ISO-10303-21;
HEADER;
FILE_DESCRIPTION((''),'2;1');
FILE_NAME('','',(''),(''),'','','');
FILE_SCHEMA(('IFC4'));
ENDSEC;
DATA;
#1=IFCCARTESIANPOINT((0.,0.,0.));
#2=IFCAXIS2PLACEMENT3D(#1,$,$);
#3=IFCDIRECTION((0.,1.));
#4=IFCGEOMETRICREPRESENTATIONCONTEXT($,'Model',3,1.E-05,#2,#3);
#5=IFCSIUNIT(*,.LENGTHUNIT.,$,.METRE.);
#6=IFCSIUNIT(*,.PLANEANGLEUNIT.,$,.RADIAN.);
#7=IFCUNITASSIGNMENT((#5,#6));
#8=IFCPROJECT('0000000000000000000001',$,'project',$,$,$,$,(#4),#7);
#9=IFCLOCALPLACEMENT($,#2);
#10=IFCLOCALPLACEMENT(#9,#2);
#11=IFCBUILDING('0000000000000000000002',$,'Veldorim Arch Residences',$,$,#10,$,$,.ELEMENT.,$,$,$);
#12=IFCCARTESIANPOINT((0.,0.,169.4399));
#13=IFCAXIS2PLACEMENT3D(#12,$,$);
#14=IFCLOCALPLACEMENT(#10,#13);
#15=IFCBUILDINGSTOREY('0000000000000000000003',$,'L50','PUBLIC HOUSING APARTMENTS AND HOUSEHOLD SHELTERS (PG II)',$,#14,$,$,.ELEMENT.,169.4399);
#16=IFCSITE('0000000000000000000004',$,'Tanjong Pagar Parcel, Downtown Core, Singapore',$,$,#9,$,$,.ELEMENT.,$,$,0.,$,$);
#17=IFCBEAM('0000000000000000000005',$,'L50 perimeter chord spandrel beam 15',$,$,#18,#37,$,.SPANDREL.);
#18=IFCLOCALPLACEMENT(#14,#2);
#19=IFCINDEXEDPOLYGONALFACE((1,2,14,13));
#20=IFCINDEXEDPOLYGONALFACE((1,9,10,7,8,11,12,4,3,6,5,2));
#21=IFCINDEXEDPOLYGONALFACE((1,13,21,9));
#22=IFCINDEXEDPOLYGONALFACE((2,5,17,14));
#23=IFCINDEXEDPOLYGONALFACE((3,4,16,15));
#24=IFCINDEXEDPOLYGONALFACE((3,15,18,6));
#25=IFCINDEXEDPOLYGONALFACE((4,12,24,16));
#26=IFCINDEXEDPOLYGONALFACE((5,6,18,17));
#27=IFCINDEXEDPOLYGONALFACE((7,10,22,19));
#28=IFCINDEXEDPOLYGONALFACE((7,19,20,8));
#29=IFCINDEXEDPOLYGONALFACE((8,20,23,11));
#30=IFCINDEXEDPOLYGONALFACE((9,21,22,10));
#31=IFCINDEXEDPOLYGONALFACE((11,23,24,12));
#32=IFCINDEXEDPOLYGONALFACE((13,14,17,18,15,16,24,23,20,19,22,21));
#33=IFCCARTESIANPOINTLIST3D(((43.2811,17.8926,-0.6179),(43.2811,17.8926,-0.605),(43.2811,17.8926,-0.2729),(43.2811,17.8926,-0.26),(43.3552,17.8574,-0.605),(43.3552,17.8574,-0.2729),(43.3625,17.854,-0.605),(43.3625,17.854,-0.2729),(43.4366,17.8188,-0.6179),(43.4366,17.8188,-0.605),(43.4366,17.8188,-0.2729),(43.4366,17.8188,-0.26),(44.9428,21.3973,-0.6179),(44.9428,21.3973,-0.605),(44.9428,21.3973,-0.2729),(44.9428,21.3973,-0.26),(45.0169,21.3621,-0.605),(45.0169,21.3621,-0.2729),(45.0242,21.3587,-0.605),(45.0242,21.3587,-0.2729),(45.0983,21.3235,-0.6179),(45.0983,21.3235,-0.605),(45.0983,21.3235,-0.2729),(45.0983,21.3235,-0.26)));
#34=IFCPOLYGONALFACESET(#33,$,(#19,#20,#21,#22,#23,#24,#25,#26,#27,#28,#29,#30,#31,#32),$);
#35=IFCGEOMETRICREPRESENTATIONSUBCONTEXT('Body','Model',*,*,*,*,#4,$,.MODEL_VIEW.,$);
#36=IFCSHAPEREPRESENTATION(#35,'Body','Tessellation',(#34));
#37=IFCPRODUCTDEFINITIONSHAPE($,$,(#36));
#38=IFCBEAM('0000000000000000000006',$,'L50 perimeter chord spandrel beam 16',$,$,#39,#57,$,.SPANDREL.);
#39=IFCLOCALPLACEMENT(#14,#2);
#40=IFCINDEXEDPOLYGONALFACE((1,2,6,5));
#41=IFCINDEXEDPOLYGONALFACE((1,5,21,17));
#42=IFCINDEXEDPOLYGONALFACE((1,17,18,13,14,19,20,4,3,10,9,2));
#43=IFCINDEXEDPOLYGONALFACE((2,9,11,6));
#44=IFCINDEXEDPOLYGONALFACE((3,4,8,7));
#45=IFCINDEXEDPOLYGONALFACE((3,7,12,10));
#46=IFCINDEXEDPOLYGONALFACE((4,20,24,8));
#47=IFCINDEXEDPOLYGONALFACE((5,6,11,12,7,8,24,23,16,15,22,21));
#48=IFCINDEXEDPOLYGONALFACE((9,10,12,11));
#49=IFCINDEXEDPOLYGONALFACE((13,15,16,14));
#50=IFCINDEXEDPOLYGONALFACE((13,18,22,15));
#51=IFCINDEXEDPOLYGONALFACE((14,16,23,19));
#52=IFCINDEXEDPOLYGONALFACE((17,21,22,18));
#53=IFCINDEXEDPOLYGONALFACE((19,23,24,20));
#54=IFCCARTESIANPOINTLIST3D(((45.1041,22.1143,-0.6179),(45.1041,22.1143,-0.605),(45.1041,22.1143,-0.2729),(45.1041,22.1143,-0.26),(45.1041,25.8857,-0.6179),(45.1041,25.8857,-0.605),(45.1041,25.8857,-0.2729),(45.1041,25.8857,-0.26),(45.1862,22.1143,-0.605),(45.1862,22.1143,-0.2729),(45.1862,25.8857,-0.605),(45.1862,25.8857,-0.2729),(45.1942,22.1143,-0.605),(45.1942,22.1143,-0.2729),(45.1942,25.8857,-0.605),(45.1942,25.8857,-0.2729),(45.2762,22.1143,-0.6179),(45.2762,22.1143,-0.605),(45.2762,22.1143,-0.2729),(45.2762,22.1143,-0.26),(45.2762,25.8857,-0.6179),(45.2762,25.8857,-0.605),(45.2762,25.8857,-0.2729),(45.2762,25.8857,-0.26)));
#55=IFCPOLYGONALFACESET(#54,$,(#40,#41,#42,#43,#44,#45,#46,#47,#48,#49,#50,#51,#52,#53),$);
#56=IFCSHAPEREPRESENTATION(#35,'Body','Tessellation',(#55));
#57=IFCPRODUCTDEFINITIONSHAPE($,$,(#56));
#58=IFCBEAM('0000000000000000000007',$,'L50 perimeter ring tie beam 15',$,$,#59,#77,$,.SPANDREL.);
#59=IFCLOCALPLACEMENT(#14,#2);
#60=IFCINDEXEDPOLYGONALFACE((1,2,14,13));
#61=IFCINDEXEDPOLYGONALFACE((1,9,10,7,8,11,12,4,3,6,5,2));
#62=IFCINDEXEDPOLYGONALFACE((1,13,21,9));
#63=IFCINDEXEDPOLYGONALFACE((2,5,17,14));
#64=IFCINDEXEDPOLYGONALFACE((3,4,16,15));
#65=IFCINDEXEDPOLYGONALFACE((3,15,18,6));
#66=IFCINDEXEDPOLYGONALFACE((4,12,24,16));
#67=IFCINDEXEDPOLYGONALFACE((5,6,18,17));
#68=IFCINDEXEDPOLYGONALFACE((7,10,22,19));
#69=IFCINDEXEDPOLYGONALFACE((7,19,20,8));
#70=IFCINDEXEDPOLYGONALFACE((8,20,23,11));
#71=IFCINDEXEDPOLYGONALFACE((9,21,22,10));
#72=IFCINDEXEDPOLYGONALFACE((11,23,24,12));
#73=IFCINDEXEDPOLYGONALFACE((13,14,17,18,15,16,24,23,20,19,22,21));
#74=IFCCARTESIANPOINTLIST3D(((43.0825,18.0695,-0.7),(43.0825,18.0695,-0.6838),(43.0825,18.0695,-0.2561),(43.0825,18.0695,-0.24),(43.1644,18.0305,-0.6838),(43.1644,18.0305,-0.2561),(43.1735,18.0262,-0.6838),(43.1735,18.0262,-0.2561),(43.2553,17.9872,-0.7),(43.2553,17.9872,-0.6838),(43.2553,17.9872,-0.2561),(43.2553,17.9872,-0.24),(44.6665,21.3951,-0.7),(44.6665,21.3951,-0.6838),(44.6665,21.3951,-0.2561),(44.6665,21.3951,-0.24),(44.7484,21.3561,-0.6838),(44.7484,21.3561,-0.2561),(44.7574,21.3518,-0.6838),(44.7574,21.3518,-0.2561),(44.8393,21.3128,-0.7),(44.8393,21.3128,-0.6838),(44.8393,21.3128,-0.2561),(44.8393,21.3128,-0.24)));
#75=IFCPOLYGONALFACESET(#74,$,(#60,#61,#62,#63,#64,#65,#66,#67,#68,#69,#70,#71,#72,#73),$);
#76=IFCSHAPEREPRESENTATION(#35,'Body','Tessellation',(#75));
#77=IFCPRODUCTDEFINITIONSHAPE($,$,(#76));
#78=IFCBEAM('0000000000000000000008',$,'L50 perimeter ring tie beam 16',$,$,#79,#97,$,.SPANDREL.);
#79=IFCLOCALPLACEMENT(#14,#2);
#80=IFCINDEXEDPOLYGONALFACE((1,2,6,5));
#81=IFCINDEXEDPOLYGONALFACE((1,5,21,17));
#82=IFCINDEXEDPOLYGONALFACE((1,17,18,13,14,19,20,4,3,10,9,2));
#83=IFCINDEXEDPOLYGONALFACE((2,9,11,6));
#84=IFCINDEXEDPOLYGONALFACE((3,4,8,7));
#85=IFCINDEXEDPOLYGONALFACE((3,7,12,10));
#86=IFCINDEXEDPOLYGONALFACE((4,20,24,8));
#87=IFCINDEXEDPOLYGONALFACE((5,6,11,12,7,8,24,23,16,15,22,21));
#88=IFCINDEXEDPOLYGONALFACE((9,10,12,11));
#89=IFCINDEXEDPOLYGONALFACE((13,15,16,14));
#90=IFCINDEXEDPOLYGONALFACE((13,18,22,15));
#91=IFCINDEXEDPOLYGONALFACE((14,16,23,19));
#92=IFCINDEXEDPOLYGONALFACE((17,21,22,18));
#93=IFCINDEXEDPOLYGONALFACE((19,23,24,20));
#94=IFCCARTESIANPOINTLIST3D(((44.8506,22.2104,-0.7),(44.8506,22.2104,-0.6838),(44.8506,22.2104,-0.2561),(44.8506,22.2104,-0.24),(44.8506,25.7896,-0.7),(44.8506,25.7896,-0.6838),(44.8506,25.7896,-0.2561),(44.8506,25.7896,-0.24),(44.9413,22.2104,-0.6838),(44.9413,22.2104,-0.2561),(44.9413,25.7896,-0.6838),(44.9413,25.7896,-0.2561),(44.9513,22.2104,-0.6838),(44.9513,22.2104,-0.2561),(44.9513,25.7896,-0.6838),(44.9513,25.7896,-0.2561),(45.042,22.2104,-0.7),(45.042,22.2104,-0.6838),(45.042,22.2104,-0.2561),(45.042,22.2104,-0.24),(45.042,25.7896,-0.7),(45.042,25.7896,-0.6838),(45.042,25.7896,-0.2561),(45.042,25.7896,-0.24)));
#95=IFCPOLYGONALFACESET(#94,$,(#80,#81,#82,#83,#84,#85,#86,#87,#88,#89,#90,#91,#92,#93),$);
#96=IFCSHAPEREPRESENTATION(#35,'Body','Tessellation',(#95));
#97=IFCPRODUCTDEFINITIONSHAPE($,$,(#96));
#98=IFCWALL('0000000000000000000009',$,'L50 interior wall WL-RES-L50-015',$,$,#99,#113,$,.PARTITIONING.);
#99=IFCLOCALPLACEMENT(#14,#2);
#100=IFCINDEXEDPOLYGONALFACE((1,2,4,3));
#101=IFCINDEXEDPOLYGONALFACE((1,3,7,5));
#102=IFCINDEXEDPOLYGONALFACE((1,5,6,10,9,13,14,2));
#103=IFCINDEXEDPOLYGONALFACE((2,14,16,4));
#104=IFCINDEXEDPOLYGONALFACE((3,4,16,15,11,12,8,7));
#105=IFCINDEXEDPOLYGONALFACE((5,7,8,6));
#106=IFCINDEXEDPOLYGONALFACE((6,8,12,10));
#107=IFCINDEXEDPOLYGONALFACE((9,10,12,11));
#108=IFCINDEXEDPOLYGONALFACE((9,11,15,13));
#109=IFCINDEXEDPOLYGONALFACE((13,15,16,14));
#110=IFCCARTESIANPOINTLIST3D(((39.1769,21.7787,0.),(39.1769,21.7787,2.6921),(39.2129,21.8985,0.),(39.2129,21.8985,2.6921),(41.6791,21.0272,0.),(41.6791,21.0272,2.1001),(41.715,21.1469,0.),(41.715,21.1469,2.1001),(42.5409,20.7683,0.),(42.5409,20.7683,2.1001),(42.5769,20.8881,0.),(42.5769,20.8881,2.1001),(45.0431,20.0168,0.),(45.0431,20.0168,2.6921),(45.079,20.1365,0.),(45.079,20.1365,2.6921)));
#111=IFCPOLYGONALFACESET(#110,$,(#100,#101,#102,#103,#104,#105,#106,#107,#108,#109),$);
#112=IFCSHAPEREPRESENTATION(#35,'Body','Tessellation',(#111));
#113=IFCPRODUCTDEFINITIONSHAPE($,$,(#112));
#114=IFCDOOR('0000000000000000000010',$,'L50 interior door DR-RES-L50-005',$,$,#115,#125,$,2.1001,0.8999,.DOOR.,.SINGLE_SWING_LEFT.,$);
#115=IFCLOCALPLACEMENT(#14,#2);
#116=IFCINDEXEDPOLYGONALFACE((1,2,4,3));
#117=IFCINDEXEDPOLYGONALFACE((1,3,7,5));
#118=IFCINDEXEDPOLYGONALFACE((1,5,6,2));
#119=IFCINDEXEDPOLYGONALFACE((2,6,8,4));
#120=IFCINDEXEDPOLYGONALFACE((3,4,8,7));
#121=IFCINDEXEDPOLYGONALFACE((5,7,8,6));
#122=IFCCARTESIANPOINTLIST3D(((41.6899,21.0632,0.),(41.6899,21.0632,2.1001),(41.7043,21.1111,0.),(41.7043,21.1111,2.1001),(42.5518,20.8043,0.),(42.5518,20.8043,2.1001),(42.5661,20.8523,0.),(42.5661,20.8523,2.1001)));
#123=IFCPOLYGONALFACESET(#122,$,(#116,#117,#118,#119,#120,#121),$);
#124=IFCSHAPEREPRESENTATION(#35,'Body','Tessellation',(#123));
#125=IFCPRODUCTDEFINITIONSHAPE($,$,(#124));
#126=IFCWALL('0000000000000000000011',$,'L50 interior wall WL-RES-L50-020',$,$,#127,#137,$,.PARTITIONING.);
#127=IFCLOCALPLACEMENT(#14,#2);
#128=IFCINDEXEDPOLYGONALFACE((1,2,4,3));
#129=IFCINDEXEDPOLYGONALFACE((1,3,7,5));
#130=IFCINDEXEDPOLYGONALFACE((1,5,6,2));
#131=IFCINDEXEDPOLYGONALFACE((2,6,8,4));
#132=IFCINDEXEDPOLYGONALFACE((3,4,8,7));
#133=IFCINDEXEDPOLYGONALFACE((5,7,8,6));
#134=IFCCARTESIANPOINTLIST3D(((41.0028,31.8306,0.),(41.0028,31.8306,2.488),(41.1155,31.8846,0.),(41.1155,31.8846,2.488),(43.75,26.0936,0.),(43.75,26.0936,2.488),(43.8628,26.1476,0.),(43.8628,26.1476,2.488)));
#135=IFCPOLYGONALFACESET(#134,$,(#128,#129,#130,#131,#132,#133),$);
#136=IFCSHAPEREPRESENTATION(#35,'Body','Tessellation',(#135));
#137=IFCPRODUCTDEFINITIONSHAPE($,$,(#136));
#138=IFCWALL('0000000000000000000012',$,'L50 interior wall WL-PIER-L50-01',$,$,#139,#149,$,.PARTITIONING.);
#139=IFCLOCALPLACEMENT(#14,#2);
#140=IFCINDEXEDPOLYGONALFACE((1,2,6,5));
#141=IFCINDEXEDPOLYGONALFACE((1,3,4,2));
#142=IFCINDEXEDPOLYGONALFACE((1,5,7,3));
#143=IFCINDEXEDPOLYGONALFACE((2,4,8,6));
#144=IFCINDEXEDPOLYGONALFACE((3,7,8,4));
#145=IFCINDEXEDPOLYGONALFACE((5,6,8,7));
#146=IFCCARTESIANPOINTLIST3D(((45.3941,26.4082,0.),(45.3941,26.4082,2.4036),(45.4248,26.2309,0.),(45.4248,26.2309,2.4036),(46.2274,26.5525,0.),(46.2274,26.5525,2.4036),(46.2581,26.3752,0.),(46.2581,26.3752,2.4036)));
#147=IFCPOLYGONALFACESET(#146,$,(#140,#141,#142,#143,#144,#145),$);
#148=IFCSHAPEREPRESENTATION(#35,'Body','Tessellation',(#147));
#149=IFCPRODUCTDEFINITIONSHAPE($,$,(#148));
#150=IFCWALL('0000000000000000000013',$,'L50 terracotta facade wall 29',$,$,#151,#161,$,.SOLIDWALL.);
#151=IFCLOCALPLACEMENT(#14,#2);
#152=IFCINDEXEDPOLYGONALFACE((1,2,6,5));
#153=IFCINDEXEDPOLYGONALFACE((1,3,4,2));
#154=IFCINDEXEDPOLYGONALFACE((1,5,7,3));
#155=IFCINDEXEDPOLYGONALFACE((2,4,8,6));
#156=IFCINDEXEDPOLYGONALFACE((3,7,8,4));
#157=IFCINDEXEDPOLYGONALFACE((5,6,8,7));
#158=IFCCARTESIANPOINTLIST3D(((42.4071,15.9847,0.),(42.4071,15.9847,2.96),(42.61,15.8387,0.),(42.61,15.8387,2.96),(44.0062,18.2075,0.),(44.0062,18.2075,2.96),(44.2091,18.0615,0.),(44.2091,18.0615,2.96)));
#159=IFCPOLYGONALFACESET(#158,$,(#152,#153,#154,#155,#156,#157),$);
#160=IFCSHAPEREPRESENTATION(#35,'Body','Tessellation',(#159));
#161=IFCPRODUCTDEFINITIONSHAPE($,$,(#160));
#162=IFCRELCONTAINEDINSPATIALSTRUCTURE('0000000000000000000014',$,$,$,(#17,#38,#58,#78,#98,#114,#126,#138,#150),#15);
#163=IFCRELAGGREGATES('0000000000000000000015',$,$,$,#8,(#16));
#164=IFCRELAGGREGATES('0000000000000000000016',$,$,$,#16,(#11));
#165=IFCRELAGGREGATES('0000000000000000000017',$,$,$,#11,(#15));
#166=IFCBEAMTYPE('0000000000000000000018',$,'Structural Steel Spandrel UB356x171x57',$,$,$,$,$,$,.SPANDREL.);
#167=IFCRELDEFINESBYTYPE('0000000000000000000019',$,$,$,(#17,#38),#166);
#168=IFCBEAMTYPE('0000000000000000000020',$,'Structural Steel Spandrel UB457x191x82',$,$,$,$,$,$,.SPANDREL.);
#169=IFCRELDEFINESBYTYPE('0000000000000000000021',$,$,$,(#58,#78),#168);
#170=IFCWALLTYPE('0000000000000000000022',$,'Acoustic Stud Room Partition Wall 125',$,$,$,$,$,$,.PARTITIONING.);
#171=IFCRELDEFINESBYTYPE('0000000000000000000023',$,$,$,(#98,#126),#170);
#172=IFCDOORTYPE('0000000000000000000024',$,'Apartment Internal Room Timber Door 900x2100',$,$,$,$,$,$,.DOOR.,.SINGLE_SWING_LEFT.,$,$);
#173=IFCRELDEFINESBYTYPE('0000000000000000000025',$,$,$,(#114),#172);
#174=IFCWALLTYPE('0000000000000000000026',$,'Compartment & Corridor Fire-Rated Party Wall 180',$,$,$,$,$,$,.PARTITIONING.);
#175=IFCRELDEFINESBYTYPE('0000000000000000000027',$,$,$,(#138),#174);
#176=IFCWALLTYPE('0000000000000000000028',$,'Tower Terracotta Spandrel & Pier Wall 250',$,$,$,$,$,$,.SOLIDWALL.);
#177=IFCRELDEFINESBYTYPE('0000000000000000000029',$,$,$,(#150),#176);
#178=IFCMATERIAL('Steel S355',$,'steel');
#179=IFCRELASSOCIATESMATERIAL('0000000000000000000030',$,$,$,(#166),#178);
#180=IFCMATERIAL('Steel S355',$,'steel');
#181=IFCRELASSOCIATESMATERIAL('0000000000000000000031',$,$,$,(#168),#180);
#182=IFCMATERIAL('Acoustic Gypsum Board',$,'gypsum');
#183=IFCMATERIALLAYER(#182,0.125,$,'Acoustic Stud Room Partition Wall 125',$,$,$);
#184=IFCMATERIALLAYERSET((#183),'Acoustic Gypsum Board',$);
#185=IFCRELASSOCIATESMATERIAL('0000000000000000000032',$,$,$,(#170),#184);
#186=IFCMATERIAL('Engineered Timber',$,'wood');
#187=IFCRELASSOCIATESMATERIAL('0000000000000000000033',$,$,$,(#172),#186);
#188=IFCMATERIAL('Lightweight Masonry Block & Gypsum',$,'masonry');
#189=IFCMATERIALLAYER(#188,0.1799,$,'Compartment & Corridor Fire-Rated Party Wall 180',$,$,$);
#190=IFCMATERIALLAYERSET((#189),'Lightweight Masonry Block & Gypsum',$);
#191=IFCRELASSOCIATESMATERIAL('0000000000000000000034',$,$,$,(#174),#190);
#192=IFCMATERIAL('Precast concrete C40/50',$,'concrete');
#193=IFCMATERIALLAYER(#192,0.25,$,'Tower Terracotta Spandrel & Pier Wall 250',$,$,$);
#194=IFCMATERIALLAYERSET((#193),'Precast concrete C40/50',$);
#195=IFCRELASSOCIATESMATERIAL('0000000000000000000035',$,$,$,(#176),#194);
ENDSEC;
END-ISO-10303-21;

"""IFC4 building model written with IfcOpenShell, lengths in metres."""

from ifc_helpers import new_model, si_unit, direction, frame, frame_2d, origin, origin_2d, place, context, subcontext, project, spatial, rectangle, i_section, extrude, material, layer, layer_set, material_profile, profile_set, type_object, element, fill, save


model = new_model("IFC4")

# Units and contexts
model_context = context("Model", 3, precision=1e-05, world=origin(), true_north=direction((0.0, 1.0)))
body_context = subcontext(model_context, "Body", "Model", "MODEL_VIEW")
ifc_project = project(units=[si_unit("LENGTHUNIT", "METRE"), si_unit("PLANEANGLEUNIT", "RADIAN")], contexts=[model_context])

# Site, building, storey
site_placement = place(None, origin())
site = spatial("IfcSite", under=ifc_project, at=site_placement, Name="Tanjong Pagar Parcel, Downtown Core, Singapore", CompositionType="ELEMENT", RefElevation=0.0)
building_placement = place(site_placement, origin())
building = spatial("IfcBuilding", under=site, at=building_placement, Name="Veldorim Arch Residences", CompositionType="ELEMENT")
storey_placement = place(building_placement, frame((0.0, 0.0, 169.4399)))
storey = spatial("IfcBuildingStorey", under=building, at=storey_placement, Name="L50", Description="PUBLIC HOUSING APARTMENTS AND HOUSEHOLD SHELTERS (PG II)", CompositionType="ELEMENT", Elevation=169.4399)

# Beams
ifc_material_1 = material(Name="Steel S355", Category="steel")
ifc_material_profile_1 = material_profile(ifc_material_1, i_section(OverallWidth=0.1721, OverallDepth=0.3579, WebThickness=0.0081, FlangeThickness=0.0129, at=origin_2d()), Name="UB356x171x57")
ifc_profile_set_1 = profile_set([ifc_material_profile_1], Name="Steel S355")
beam_type_1 = type_object("IfcBeamType", Name="Structural Steel Spandrel UB356x171x57", PredefinedType="SPANDREL", material=ifc_profile_set_1)
beam_1_placement = place(storey_placement, frame((43.3589, 17.8557, -0.439), z_axis=(0.428408, 0.903585, 0.0), x_axis=(-0.903585, 0.428408, 0.0)))
element("IfcBeam", 1, at=beam_1_placement, inside=storey, type_object=beam_type_1, Name="L50 perimeter chord spandrel beam 15", PredefinedType="SPANDREL", context=body_context, shape_type="SweptSolid", body=[
    extrude(i_section(OverallWidth=0.1721, OverallDepth=0.3579, WebThickness=0.0081, FlangeThickness=0.0129, at=origin_2d()), origin(), (0.0, 0.0, 1.0), 3.8787),
])
beam_2_placement = place(storey_placement, frame((45.1902, 22.1143, -0.439), z_axis=(0.0, 1.0, 0.0), x_axis=(-1.0, 0.0, 0.0)))
element("IfcBeam", 2, at=beam_2_placement, inside=storey, type_object=beam_type_1, Name="L50 perimeter chord spandrel beam 16", PredefinedType="SPANDREL", context=body_context, shape_type="SweptSolid", body=[
    extrude(i_section(OverallWidth=0.1721, OverallDepth=0.3579, WebThickness=0.0081, FlangeThickness=0.0129, at=origin_2d()), origin(), (0.0, 0.0, 1.0), 3.7715),
])
ifc_material_2 = material(Name="Steel S355", Category="steel")
ifc_material_profile_2 = material_profile(ifc_material_2, i_section(OverallWidth=0.1914, OverallDepth=0.46, WebThickness=0.01, FlangeThickness=0.0161, at=origin_2d()), Name="UB457x191x82")
ifc_profile_set_2 = profile_set([ifc_material_profile_2], Name="Steel S355")
beam_type_2 = type_object("IfcBeamType", Name="Structural Steel Spandrel UB457x191x82", PredefinedType="SPANDREL", material=ifc_profile_set_2)
beam_3_placement = place(storey_placement, frame((43.1689, 18.0283, -0.47), z_axis=(0.430006, 0.902826, 0.0), x_axis=(-0.902826, 0.430006, 0.0)))
element("IfcBeam", 3, at=beam_3_placement, inside=storey, type_object=beam_type_2, Name="L50 perimeter ring tie beam 15", PredefinedType="SPANDREL", context=body_context, shape_type="SweptSolid", body=[
    extrude(i_section(OverallWidth=0.1914, OverallDepth=0.46, WebThickness=0.01, FlangeThickness=0.0161, at=origin_2d()), origin(), (0.0, 0.0, 1.0), 3.6836),
])
beam_4_placement = place(storey_placement, frame((44.9463, 22.2104, -0.47), z_axis=(0.0, 1.0, 0.0), x_axis=(-1.0, 0.0, 0.0)))
element("IfcBeam", 4, at=beam_4_placement, inside=storey, type_object=beam_type_2, Name="L50 perimeter ring tie beam 16", PredefinedType="SPANDREL", context=body_context, shape_type="SweptSolid", body=[
    extrude(i_section(OverallWidth=0.1914, OverallDepth=0.46, WebThickness=0.01, FlangeThickness=0.0161, at=origin_2d()), origin(), (0.0, 0.0, 1.0), 3.5791),
])

# Wall, opening, door
ifc_material_3 = material(Name="Acoustic Gypsum Board", Category="gypsum")
ifc_layer_1 = layer(ifc_material_3, 0.125, Name="Acoustic Stud Room Partition Wall 125")
ifc_layer_set_1 = layer_set([ifc_layer_1], Name="Acoustic Gypsum Board")
wall_type_1 = type_object("IfcWallType", Name="Acoustic Stud Room Partition Wall 125", PredefinedType="PARTITIONING", material=ifc_layer_set_1)
wall_1_placement = place(storey_placement, frame((45.061, 20.0767, 0.0), z_axis=(0.0, 0.0, 1.0), x_axis=(-0.957732, 0.287662, 0.0)))
wall_1 = element("IfcWall", 5, at=wall_1_placement, inside=storey, type_object=wall_type_1, Name="L50 interior wall WL-RES-L50-015", PredefinedType="PARTITIONING", context=body_context, shape_type="SweptSolid", body=[
    extrude(rectangle(XDim=6.125, YDim=0.125, at=frame_2d((3.0625, 0.0))), origin(), (0.0, 0.0, 1.0), 2.6921),
])
opening_1_placement = place(wall_1_placement, frame((2.6125, 0.0, 0.0)))
opening_1 = element("IfcOpeningElement", 6, at=opening_1_placement, cuts=wall_1, PredefinedType="OPENING", context=body_context, shape_type="SweptSolid", body=[
    extrude(rectangle(XDim=0.8999, YDim=2.1001, at=frame_2d((0.45, 1.05))), frame((0.0, 0.0725, 0.0), z_axis=(0.0, -1.0, 0.0), x_axis=(1.0, 0.0, 0.0)), (0.0, 0.0, 1.0), 0.145),
])
ifc_material_4 = material(Name="Engineered Timber", Category="wood")
door_type_1 = type_object("IfcDoorType", Name="Apartment Internal Room Timber Door 900x2100", OperationType="SINGLE_SWING_LEFT", PredefinedType="DOOR", material=ifc_material_4)
door_1_placement = place(opening_1_placement, origin())
door_1 = element("IfcDoor", 7, at=door_1_placement, inside=storey, type_object=door_type_1, Name="L50 interior door DR-RES-L50-005", OperationType="SINGLE_SWING_LEFT", OverallHeight=2.1001, OverallWidth=0.8999, PredefinedType="DOOR", context=body_context, shape_type="SweptSolid", body=[
    extrude(rectangle(XDim=0.8999, YDim=2.1001, at=frame_2d((0.45, 1.05))), frame((0.0, 0.0249, 0.0), z_axis=(0.0, -1.0, 0.0), x_axis=(1.0, 0.0, 0.0)), (0.0, 0.0, 1.0), 0.05),
])
fill(opening_1, door_1)

# Walls
wall_2_placement = place(storey_placement, frame((43.8064, 26.1206, 0.0), z_axis=(0.0, 0.0, 1.0), x_axis=(-0.431904, 0.90192, 0.0)))
element("IfcWall", 8, at=wall_2_placement, inside=storey, type_object=wall_type_1, Name="L50 interior wall WL-RES-L50-020", PredefinedType="PARTITIONING", context=body_context, shape_type="SweptSolid", body=[
    extrude(rectangle(XDim=6.3608, YDim=0.125, at=frame_2d((3.1804, 0.0))), origin(), (0.0, 0.0, 1.0), 2.488),
])
ifc_material_5 = material(Name="Lightweight Masonry Block & Gypsum", Category="masonry")
ifc_layer_2 = layer(ifc_material_5, 0.1799, Name="Compartment & Corridor Fire-Rated Party Wall 180")
ifc_layer_set_2 = layer_set([ifc_layer_2], Name="Lightweight Masonry Block & Gypsum")
wall_type_2 = type_object("IfcWallType", Name="Compartment & Corridor Fire-Rated Party Wall 180", PredefinedType="PARTITIONING", material=ifc_layer_set_2)
wall_3_placement = place(storey_placement, frame((45.4094, 26.3196, 0.0), z_axis=(0.0, 0.0, 1.0), x_axis=(0.985337, 0.170622, 0.0)))
element("IfcWall", 9, at=wall_3_placement, inside=storey, type_object=wall_type_2, Name="L50 interior wall WL-PIER-L50-01", PredefinedType="PARTITIONING", context=body_context, shape_type="SweptSolid", body=[
    extrude(rectangle(XDim=0.8457, YDim=0.1799, at=frame_2d((0.4229, 0.0))), origin(), (0.0, 0.0, 1.0), 2.4036),
])
ifc_material_6 = material(Name="Precast concrete C40/50", Category="concrete")
ifc_layer_3 = layer(ifc_material_6, 0.25, Name="Tower Terracotta Spandrel & Pier Wall 250")
ifc_layer_set_3 = layer_set([ifc_layer_3], Name="Precast concrete C40/50")
wall_type_3 = type_object("IfcWallType", Name="Tower Terracotta Spandrel & Pier Wall 250", PredefinedType="SOLIDWALL", material=ifc_layer_set_3)
wall_4_placement = place(storey_placement, frame((44.1077, 18.1345, 0.0), z_axis=(0.0, 0.0, 1.0), x_axis=(-0.583976, -0.811771, 0.0)))
element("IfcWall", 10, at=wall_4_placement, inside=storey, type_object=wall_type_3, Name="L50 terracotta facade wall 29", PredefinedType="SOLIDWALL", context=body_context, shape_type="SweptSolid", body=[
    extrude(rectangle(XDim=2.7383, YDim=0.25, at=frame_2d((1.3691, 0.0))), origin(), (0.0, 0.0, 1.0), 2.96),
])

save(model, "model.ifc")
